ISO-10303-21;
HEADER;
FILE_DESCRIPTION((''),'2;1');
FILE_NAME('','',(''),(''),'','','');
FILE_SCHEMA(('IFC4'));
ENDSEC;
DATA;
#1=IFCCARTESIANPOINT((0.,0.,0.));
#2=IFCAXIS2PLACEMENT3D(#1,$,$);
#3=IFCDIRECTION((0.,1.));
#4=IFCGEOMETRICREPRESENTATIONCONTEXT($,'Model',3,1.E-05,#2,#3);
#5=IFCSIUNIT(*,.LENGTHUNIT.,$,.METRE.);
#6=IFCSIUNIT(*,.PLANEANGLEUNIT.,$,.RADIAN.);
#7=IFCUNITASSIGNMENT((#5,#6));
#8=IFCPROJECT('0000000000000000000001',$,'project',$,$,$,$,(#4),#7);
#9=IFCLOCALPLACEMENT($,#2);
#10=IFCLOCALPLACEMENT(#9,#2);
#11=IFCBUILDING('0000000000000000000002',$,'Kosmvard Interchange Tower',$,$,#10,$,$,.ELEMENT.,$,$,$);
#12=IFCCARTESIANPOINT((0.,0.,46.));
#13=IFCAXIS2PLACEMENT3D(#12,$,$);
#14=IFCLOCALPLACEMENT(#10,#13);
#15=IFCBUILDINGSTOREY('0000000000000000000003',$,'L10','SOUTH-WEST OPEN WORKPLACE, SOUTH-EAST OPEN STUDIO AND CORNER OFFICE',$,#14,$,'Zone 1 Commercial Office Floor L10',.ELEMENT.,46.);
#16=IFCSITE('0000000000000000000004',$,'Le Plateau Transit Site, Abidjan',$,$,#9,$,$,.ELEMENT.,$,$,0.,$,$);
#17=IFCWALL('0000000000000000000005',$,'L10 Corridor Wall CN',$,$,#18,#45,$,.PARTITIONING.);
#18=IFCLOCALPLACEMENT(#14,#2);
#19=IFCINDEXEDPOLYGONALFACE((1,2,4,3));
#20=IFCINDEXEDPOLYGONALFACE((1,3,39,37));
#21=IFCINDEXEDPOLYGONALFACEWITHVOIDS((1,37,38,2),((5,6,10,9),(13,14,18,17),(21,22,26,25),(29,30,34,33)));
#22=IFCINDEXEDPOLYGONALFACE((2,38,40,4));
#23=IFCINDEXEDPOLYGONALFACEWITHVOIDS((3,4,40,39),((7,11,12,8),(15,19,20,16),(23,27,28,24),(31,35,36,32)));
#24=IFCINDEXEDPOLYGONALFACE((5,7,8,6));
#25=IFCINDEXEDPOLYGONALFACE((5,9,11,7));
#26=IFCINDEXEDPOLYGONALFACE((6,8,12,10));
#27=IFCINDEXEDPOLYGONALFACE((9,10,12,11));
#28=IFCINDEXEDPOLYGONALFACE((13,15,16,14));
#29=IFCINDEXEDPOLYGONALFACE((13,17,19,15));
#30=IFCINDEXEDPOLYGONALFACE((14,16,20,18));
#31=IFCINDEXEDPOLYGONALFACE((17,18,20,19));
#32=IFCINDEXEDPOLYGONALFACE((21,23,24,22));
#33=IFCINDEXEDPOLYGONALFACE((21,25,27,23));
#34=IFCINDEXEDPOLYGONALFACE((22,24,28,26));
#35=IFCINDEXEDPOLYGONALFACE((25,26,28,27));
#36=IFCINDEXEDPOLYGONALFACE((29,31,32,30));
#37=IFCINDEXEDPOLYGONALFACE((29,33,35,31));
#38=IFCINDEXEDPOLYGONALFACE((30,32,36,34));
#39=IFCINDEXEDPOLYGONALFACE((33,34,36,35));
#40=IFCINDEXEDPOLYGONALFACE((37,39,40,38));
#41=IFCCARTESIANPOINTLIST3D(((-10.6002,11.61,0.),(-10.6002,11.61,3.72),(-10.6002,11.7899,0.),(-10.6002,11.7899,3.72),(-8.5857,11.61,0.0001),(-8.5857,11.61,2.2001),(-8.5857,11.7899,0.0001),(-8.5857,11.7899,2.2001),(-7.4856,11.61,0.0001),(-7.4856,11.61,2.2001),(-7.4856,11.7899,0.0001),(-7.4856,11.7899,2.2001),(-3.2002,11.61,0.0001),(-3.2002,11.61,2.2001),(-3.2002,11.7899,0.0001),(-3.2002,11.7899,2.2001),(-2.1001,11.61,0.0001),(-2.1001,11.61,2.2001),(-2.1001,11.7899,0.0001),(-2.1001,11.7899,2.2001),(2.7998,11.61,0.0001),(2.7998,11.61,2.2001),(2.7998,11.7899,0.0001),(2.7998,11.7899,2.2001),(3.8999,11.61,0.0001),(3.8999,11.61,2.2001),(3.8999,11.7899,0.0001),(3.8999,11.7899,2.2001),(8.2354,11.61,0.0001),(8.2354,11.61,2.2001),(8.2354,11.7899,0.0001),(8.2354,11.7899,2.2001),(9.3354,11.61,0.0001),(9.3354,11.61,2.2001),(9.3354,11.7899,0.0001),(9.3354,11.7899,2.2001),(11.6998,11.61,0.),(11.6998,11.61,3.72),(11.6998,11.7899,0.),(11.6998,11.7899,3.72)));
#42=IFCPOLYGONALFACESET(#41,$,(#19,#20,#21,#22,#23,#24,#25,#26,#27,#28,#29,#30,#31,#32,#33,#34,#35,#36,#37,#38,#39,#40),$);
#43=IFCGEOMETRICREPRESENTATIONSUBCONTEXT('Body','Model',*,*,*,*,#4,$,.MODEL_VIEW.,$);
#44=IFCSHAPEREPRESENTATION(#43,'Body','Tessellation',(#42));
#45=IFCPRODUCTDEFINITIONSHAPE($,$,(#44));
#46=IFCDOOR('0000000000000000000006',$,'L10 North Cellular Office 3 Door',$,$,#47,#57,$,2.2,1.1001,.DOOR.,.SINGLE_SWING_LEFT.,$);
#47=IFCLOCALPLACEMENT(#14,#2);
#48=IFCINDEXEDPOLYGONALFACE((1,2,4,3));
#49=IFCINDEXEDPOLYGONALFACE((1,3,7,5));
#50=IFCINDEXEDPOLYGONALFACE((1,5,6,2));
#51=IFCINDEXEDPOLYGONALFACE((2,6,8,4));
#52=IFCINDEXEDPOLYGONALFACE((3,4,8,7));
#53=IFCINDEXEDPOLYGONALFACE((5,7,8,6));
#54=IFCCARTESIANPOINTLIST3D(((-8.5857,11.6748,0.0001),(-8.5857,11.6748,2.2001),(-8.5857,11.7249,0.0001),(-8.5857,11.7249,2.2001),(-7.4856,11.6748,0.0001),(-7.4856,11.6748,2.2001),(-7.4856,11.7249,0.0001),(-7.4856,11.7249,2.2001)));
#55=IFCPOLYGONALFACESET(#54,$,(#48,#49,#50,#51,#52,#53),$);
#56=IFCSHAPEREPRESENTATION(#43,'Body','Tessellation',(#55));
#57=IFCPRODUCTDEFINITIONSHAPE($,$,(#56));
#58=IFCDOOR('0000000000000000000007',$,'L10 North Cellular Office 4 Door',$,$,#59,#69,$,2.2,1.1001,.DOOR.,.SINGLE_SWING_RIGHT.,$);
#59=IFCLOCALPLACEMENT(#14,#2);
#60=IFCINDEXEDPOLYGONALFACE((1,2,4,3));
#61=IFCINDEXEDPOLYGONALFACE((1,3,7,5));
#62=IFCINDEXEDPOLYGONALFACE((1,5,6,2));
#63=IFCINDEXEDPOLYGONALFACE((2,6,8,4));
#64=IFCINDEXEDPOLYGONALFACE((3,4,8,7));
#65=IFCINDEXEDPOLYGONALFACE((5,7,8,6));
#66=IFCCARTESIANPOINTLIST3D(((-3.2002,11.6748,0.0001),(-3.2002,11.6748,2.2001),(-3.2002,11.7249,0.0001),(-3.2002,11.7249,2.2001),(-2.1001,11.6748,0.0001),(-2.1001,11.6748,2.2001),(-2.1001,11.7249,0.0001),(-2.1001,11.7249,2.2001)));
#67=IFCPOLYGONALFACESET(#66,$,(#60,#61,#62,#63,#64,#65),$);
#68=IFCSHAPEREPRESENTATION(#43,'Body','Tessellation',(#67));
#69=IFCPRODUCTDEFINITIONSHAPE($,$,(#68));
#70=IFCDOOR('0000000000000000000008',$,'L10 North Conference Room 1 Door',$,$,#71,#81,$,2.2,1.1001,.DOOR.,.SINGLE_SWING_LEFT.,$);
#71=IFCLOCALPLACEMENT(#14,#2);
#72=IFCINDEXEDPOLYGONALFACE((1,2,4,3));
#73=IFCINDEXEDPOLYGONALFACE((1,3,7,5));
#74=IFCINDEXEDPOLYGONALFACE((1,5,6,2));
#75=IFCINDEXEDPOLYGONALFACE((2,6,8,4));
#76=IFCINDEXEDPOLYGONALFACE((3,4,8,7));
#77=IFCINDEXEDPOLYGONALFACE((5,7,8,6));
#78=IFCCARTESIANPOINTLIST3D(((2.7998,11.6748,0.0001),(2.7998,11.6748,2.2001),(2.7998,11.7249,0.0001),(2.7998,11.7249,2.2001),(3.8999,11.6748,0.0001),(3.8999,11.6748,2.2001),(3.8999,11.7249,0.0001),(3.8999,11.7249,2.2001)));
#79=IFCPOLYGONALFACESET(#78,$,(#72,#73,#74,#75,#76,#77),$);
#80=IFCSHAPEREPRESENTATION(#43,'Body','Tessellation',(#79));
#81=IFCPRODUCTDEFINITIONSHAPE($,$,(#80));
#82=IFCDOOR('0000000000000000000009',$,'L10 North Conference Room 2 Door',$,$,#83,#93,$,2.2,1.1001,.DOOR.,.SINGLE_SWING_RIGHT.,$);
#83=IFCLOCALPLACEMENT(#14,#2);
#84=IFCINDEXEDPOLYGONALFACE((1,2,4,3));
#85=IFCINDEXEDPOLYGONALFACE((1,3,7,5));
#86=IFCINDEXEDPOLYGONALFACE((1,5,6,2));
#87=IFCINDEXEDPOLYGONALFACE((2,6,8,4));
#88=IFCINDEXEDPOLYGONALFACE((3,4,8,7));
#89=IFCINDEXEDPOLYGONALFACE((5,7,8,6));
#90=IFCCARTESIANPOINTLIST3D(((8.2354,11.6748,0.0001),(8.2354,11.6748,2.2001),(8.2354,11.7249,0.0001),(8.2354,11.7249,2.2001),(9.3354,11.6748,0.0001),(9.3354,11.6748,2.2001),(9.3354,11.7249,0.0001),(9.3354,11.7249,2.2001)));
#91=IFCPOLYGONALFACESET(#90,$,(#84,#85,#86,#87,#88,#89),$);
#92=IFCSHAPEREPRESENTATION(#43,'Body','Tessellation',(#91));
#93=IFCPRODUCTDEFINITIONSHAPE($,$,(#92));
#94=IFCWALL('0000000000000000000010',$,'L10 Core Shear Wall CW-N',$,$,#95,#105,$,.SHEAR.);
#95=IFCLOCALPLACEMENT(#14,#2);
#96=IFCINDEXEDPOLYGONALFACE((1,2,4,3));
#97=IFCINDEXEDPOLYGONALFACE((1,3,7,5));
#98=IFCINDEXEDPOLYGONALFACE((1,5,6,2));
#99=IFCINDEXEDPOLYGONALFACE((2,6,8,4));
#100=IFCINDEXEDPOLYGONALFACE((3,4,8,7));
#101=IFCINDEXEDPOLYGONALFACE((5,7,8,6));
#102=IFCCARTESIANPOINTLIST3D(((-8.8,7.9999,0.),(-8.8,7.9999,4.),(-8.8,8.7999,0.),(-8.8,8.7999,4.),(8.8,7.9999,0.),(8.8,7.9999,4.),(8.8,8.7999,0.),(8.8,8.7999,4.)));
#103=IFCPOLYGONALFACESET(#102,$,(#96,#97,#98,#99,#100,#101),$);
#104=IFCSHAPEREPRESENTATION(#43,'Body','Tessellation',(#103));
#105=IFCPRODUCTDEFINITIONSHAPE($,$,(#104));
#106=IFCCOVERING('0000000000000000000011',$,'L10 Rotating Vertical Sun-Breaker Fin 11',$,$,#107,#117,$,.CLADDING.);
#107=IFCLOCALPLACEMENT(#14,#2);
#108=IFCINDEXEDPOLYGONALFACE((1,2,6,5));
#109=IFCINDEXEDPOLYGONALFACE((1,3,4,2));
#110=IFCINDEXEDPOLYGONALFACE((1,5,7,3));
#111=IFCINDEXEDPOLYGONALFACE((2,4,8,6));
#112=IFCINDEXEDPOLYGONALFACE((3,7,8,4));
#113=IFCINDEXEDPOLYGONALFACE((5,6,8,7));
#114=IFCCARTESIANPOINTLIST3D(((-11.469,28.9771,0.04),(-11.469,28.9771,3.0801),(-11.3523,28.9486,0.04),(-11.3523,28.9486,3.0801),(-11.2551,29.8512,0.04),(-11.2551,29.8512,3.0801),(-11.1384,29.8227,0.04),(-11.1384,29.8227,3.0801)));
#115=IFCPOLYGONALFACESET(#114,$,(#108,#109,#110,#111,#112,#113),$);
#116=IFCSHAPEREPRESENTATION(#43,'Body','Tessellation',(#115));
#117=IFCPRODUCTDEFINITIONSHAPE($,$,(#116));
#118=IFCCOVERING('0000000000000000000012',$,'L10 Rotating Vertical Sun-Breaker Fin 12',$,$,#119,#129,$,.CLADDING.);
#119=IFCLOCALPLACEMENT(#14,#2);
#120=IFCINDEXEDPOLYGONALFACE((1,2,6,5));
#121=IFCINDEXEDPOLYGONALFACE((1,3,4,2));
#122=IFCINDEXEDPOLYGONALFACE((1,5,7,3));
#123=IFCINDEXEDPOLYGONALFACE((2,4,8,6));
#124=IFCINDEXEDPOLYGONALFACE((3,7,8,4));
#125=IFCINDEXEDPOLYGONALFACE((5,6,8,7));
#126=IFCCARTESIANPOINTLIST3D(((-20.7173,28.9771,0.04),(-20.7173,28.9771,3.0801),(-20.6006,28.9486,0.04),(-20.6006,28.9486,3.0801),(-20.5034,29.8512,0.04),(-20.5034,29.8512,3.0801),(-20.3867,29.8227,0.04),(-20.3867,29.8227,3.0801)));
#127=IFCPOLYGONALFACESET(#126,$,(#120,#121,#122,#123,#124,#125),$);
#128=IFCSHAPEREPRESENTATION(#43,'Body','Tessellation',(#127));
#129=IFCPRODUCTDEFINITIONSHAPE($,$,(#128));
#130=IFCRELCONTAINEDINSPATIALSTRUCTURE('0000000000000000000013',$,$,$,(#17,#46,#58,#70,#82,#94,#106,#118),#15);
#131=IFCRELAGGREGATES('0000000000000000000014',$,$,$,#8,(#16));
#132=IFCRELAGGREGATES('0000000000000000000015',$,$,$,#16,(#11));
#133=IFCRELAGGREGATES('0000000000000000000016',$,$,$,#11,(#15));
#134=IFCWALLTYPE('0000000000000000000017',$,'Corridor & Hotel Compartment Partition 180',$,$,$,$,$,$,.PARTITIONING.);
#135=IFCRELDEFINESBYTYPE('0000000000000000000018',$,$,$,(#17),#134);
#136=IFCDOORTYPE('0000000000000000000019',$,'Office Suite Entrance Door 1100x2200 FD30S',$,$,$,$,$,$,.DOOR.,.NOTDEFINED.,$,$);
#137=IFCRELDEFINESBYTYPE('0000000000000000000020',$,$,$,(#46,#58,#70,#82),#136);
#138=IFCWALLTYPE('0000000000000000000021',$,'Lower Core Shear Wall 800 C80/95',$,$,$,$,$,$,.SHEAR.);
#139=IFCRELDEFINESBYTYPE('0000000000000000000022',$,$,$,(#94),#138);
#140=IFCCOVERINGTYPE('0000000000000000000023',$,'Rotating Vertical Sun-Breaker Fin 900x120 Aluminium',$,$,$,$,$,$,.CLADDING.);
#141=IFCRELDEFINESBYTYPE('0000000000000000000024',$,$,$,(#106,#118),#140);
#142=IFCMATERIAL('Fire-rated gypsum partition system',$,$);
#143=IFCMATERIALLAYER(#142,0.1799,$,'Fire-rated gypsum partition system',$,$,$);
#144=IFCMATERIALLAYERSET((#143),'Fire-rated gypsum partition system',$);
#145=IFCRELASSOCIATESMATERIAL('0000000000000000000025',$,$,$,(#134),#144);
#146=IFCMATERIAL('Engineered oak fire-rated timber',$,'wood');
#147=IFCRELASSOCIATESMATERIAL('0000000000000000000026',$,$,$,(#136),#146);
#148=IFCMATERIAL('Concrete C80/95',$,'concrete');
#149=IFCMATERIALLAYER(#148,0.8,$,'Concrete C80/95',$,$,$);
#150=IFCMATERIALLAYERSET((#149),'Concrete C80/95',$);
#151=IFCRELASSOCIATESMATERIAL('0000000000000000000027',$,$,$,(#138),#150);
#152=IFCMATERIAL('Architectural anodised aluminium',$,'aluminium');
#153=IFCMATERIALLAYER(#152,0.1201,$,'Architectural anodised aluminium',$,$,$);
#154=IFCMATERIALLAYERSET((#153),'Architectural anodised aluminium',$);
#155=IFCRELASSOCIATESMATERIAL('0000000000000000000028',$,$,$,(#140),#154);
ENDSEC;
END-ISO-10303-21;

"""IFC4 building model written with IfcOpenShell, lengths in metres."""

from ifc_helpers import new_model, si_unit, direction, frame, frame_2d, origin, origin_2d, place, context, subcontext, project, spatial, rectangle, extrude, source, transform, mapped, material, layer, layer_set, type_object, element, fill, save


model = new_model("IFC4")

# Units and contexts
model_context = context("Model", 3, precision=1e-05, world=origin(), true_north=direction((0.0, 1.0)))
body_context = subcontext(model_context, "Body", "Model", "MODEL_VIEW")
ifc_project = project(units=[si_unit("LENGTHUNIT", "METRE"), si_unit("PLANEANGLEUNIT", "RADIAN")], contexts=[model_context])

# Site, building, storey
site_placement = place(None, origin())
site = spatial("IfcSite", under=ifc_project, at=site_placement, Name="Le Plateau Transit Site, Abidjan", CompositionType="ELEMENT", RefElevation=0.0)
building_placement = place(site_placement, origin())
building = spatial("IfcBuilding", under=site, at=building_placement, Name="Kosmvard Interchange Tower", CompositionType="ELEMENT")
storey_placement = place(building_placement, frame((0.0, 0.0, 46.0)))
storey = spatial("IfcBuildingStorey", under=building, at=storey_placement, Name="L10", Description="SOUTH-WEST OPEN WORKPLACE, SOUTH-EAST OPEN STUDIO AND CORNER OFFICE", LongName="Zone 1 Commercial Office Floor L10", CompositionType="ELEMENT", Elevation=46.0)

# Shared definitions
ifc_material_1 = material(Name="Concrete C80/95", Category="concrete")

# Wall, openings, doors
ifc_material_2 = material(Name="Fire-rated gypsum partition system")
ifc_layer_1 = layer(ifc_material_2, 0.1799, Name="Fire-rated gypsum partition system")
ifc_layer_set_1 = layer_set([ifc_layer_1], Name="Fire-rated gypsum partition system")
wall_type_1 = type_object("IfcWallType", Name="Corridor & Hotel Compartment Partition 180", PredefinedType="PARTITIONING", material=ifc_layer_set_1)
wall_1_placement = place(storey_placement, frame((-10.6001, 11.7, 0.0), z_axis=(0.0, 0.0, 1.0), x_axis=(1.0, 0.0, 0.0)))
wall_1 = element("IfcWall", 1, at=wall_1_placement, inside=storey, type_object=wall_type_1, Name="L10 Corridor Wall CN", PredefinedType="PARTITIONING", context=body_context, shape_type="SweptSolid", body=[
    extrude(rectangle(XDim=22.3, YDim=0.1799, at=frame_2d((11.1499, 0.0))), origin(), (0.0, 0.0, 1.0), 3.72),
])
opening_1_placement = place(wall_1_placement, frame((2.0144, 0.0, 0.0)))
opening_1 = element("IfcOpeningElement", 2, at=opening_1_placement, cuts=wall_1, PredefinedType="OPENING", context=body_context, shape_type="SweptSolid", body=[
    extrude(rectangle(XDim=1.1001, YDim=2.2, at=frame_2d((0.55, 1.1001))), frame((0.0, 0.1001, 0.0), z_axis=(0.0, -1.0, 0.0), x_axis=(1.0, 0.0, 0.0)), (0.0, 0.0, 1.0), 0.2),
])
opening_2_placement = place(wall_1_placement, frame((7.3999, 0.0, 0.0)))
opening_2 = element("IfcOpeningElement", 3, at=opening_2_placement, cuts=wall_1, PredefinedType="OPENING", context=body_context, shape_type="SweptSolid", body=[
    extrude(rectangle(XDim=1.1001, YDim=2.2, at=frame_2d((0.55, 1.1001))), frame((0.0, 0.1001, 0.0), z_axis=(0.0, -1.0, 0.0), x_axis=(1.0, 0.0, 0.0)), (0.0, 0.0, 1.0), 0.2),
])
opening_3_placement = place(wall_1_placement, frame((13.3999, 0.0, 0.0)))
opening_3 = element("IfcOpeningElement", 4, at=opening_3_placement, cuts=wall_1, PredefinedType="OPENING", context=body_context, shape_type="SweptSolid", body=[
    extrude(rectangle(XDim=1.1001, YDim=2.2, at=frame_2d((0.55, 1.1001))), frame((0.0, 0.1001, 0.0), z_axis=(0.0, -1.0, 0.0), x_axis=(1.0, 0.0, 0.0)), (0.0, 0.0, 1.0), 0.2),
])
opening_4_placement = place(wall_1_placement, frame((18.8354, 0.0, 0.0)))
opening_4 = element("IfcOpeningElement", 5, at=opening_4_placement, cuts=wall_1, PredefinedType="OPENING", context=body_context, shape_type="SweptSolid", body=[
    extrude(rectangle(XDim=1.1001, YDim=2.2, at=frame_2d((0.55, 1.1001))), frame((0.0, 0.1001, 0.0), z_axis=(0.0, -1.0, 0.0), x_axis=(1.0, 0.0, 0.0)), (0.0, 0.0, 1.0), 0.2),
])
ifc_material_3 = material(Name="Engineered oak fire-rated timber", Category="wood")
door_type = type_object("IfcDoorType", Name="Office Suite Entrance Door 1100x2200 FD30S", OperationType="NOTDEFINED", PredefinedType="DOOR", material=ifc_material_3)
shared_shape_1 = source(origin(), body_context, "Body", "SweptSolid", [
    extrude(rectangle(XDim=1.1001, YDim=2.2, at=frame_2d((0.55, 1.1001))), frame((0.0, 0.0249, 0.0), z_axis=(0.0, -1.0, 0.0), x_axis=(1.0, 0.0, 0.0)), (0.0, 0.0, 1.0), 0.05),
])
door_1_placement = place(opening_1_placement, origin())
door_1 = element("IfcDoor", 6, at=door_1_placement, inside=storey, type_object=door_type, Name="L10 North Cellular Office 3 Door", OperationType="SINGLE_SWING_LEFT", OverallHeight=2.2, OverallWidth=1.1001, PredefinedType="DOOR", context=body_context, shape_type="MappedRepresentation", body=[
    mapped(shared_shape_1, transform((0.0, 0.0, 0.0), scale=1.0)),
])
fill(opening_1, door_1)
door_2_placement = place(opening_2_placement, origin())
door_2 = element("IfcDoor", 7, at=door_2_placement, inside=storey, type_object=door_type, Name="L10 North Cellular Office 4 Door", OperationType="SINGLE_SWING_RIGHT", OverallHeight=2.2, OverallWidth=1.1001, PredefinedType="DOOR", context=body_context, shape_type="MappedRepresentation", body=[
    mapped(shared_shape_1, transform((0.0, 0.0, 0.0), scale=1.0)),
])
fill(opening_2, door_2)
door_3_placement = place(opening_3_placement, origin())
door_3 = element("IfcDoor", 8, at=door_3_placement, inside=storey, type_object=door_type, Name="L10 North Conference Room 1 Door", OperationType="SINGLE_SWING_LEFT", OverallHeight=2.2, OverallWidth=1.1001, PredefinedType="DOOR", context=body_context, shape_type="MappedRepresentation", body=[
    mapped(shared_shape_1, transform((0.0, 0.0, 0.0), scale=1.0)),
])
fill(opening_3, door_3)
door_4_placement = place(opening_4_placement, origin())
door_4 = element("IfcDoor", 9, at=door_4_placement, inside=storey, type_object=door_type, Name="L10 North Conference Room 2 Door", OperationType="SINGLE_SWING_RIGHT", OverallHeight=2.2, OverallWidth=1.1001, PredefinedType="DOOR", context=body_context, shape_type="MappedRepresentation", body=[
    mapped(shared_shape_1, transform((0.0, 0.0, 0.0), scale=1.0)),
])
fill(opening_4, door_4)

# Wall
ifc_layer_2 = layer(ifc_material_1, 0.8, Name="Concrete C80/95")
ifc_layer_set_2 = layer_set([ifc_layer_2], Name="Concrete C80/95")
wall_type_2 = type_object("IfcWallType", Name="Lower Core Shear Wall 800 C80/95", PredefinedType="SHEAR", material=ifc_layer_set_2)
wall_2_placement = place(storey_placement, frame((-8.8, 8.3999, 0.0), z_axis=(0.0, 0.0, 1.0), x_axis=(1.0, 0.0, 0.0)))
element("IfcWall", 10, at=wall_2_placement, inside=storey, type_object=wall_type_2, Name="L10 Core Shear Wall CW-N", PredefinedType="SHEAR", context=body_context, shape_type="SweptSolid", body=[
    extrude(rectangle(XDim=17.6001, YDim=0.8, at=frame_2d((8.8, 0.0))), origin(), (0.0, 0.0, 1.0), 4.0),
])

# Coverings
ifc_material_4 = material(Name="Architectural anodised aluminium", Category="aluminium")
ifc_layer_3 = layer(ifc_material_4, 0.1201, Name="Architectural anodised aluminium")
ifc_layer_set_3 = layer_set([ifc_layer_3], Name="Architectural anodised aluminium")
covering_type = type_object("IfcCoveringType", Name="Rotating Vertical Sun-Breaker Fin 900x120 Aluminium", PredefinedType="CLADDING", material=ifc_layer_set_3)
shared_shape_2 = source(origin(), body_context, "Body", "SweptSolid", [
    extrude(rectangle(XDim=0.8999, YDim=0.1201, at=origin_2d()), origin(), (0.0, 0.0, 1.0), 3.04),
])
for number, where, z_axis, x_axis, name in (
    (11, (-11.3037, 29.3999, 0.04), (0.0, 0.0, 1.0), (0.237686, 0.971342, 0.0), "L10 Rotating Vertical Sun-Breaker Fin 11"),
    (12, (-20.552, 29.3999, 0.04), (0.0, 0.0, 1.0), (0.237686, 0.971342, 0.0), "L10 Rotating Vertical Sun-Breaker Fin 12"),
):
    element("IfcCovering", number, at=place(storey_placement, frame(where, z_axis=z_axis, x_axis=x_axis)), inside=storey, type_object=covering_type, Name=name, PredefinedType="CLADDING", context=body_context, shape_type="MappedRepresentation", body=[
        mapped(shared_shape_2, transform((0.0, 0.0, 0.0), scale=1.0)),
    ])

save(model, "model.ifc")
